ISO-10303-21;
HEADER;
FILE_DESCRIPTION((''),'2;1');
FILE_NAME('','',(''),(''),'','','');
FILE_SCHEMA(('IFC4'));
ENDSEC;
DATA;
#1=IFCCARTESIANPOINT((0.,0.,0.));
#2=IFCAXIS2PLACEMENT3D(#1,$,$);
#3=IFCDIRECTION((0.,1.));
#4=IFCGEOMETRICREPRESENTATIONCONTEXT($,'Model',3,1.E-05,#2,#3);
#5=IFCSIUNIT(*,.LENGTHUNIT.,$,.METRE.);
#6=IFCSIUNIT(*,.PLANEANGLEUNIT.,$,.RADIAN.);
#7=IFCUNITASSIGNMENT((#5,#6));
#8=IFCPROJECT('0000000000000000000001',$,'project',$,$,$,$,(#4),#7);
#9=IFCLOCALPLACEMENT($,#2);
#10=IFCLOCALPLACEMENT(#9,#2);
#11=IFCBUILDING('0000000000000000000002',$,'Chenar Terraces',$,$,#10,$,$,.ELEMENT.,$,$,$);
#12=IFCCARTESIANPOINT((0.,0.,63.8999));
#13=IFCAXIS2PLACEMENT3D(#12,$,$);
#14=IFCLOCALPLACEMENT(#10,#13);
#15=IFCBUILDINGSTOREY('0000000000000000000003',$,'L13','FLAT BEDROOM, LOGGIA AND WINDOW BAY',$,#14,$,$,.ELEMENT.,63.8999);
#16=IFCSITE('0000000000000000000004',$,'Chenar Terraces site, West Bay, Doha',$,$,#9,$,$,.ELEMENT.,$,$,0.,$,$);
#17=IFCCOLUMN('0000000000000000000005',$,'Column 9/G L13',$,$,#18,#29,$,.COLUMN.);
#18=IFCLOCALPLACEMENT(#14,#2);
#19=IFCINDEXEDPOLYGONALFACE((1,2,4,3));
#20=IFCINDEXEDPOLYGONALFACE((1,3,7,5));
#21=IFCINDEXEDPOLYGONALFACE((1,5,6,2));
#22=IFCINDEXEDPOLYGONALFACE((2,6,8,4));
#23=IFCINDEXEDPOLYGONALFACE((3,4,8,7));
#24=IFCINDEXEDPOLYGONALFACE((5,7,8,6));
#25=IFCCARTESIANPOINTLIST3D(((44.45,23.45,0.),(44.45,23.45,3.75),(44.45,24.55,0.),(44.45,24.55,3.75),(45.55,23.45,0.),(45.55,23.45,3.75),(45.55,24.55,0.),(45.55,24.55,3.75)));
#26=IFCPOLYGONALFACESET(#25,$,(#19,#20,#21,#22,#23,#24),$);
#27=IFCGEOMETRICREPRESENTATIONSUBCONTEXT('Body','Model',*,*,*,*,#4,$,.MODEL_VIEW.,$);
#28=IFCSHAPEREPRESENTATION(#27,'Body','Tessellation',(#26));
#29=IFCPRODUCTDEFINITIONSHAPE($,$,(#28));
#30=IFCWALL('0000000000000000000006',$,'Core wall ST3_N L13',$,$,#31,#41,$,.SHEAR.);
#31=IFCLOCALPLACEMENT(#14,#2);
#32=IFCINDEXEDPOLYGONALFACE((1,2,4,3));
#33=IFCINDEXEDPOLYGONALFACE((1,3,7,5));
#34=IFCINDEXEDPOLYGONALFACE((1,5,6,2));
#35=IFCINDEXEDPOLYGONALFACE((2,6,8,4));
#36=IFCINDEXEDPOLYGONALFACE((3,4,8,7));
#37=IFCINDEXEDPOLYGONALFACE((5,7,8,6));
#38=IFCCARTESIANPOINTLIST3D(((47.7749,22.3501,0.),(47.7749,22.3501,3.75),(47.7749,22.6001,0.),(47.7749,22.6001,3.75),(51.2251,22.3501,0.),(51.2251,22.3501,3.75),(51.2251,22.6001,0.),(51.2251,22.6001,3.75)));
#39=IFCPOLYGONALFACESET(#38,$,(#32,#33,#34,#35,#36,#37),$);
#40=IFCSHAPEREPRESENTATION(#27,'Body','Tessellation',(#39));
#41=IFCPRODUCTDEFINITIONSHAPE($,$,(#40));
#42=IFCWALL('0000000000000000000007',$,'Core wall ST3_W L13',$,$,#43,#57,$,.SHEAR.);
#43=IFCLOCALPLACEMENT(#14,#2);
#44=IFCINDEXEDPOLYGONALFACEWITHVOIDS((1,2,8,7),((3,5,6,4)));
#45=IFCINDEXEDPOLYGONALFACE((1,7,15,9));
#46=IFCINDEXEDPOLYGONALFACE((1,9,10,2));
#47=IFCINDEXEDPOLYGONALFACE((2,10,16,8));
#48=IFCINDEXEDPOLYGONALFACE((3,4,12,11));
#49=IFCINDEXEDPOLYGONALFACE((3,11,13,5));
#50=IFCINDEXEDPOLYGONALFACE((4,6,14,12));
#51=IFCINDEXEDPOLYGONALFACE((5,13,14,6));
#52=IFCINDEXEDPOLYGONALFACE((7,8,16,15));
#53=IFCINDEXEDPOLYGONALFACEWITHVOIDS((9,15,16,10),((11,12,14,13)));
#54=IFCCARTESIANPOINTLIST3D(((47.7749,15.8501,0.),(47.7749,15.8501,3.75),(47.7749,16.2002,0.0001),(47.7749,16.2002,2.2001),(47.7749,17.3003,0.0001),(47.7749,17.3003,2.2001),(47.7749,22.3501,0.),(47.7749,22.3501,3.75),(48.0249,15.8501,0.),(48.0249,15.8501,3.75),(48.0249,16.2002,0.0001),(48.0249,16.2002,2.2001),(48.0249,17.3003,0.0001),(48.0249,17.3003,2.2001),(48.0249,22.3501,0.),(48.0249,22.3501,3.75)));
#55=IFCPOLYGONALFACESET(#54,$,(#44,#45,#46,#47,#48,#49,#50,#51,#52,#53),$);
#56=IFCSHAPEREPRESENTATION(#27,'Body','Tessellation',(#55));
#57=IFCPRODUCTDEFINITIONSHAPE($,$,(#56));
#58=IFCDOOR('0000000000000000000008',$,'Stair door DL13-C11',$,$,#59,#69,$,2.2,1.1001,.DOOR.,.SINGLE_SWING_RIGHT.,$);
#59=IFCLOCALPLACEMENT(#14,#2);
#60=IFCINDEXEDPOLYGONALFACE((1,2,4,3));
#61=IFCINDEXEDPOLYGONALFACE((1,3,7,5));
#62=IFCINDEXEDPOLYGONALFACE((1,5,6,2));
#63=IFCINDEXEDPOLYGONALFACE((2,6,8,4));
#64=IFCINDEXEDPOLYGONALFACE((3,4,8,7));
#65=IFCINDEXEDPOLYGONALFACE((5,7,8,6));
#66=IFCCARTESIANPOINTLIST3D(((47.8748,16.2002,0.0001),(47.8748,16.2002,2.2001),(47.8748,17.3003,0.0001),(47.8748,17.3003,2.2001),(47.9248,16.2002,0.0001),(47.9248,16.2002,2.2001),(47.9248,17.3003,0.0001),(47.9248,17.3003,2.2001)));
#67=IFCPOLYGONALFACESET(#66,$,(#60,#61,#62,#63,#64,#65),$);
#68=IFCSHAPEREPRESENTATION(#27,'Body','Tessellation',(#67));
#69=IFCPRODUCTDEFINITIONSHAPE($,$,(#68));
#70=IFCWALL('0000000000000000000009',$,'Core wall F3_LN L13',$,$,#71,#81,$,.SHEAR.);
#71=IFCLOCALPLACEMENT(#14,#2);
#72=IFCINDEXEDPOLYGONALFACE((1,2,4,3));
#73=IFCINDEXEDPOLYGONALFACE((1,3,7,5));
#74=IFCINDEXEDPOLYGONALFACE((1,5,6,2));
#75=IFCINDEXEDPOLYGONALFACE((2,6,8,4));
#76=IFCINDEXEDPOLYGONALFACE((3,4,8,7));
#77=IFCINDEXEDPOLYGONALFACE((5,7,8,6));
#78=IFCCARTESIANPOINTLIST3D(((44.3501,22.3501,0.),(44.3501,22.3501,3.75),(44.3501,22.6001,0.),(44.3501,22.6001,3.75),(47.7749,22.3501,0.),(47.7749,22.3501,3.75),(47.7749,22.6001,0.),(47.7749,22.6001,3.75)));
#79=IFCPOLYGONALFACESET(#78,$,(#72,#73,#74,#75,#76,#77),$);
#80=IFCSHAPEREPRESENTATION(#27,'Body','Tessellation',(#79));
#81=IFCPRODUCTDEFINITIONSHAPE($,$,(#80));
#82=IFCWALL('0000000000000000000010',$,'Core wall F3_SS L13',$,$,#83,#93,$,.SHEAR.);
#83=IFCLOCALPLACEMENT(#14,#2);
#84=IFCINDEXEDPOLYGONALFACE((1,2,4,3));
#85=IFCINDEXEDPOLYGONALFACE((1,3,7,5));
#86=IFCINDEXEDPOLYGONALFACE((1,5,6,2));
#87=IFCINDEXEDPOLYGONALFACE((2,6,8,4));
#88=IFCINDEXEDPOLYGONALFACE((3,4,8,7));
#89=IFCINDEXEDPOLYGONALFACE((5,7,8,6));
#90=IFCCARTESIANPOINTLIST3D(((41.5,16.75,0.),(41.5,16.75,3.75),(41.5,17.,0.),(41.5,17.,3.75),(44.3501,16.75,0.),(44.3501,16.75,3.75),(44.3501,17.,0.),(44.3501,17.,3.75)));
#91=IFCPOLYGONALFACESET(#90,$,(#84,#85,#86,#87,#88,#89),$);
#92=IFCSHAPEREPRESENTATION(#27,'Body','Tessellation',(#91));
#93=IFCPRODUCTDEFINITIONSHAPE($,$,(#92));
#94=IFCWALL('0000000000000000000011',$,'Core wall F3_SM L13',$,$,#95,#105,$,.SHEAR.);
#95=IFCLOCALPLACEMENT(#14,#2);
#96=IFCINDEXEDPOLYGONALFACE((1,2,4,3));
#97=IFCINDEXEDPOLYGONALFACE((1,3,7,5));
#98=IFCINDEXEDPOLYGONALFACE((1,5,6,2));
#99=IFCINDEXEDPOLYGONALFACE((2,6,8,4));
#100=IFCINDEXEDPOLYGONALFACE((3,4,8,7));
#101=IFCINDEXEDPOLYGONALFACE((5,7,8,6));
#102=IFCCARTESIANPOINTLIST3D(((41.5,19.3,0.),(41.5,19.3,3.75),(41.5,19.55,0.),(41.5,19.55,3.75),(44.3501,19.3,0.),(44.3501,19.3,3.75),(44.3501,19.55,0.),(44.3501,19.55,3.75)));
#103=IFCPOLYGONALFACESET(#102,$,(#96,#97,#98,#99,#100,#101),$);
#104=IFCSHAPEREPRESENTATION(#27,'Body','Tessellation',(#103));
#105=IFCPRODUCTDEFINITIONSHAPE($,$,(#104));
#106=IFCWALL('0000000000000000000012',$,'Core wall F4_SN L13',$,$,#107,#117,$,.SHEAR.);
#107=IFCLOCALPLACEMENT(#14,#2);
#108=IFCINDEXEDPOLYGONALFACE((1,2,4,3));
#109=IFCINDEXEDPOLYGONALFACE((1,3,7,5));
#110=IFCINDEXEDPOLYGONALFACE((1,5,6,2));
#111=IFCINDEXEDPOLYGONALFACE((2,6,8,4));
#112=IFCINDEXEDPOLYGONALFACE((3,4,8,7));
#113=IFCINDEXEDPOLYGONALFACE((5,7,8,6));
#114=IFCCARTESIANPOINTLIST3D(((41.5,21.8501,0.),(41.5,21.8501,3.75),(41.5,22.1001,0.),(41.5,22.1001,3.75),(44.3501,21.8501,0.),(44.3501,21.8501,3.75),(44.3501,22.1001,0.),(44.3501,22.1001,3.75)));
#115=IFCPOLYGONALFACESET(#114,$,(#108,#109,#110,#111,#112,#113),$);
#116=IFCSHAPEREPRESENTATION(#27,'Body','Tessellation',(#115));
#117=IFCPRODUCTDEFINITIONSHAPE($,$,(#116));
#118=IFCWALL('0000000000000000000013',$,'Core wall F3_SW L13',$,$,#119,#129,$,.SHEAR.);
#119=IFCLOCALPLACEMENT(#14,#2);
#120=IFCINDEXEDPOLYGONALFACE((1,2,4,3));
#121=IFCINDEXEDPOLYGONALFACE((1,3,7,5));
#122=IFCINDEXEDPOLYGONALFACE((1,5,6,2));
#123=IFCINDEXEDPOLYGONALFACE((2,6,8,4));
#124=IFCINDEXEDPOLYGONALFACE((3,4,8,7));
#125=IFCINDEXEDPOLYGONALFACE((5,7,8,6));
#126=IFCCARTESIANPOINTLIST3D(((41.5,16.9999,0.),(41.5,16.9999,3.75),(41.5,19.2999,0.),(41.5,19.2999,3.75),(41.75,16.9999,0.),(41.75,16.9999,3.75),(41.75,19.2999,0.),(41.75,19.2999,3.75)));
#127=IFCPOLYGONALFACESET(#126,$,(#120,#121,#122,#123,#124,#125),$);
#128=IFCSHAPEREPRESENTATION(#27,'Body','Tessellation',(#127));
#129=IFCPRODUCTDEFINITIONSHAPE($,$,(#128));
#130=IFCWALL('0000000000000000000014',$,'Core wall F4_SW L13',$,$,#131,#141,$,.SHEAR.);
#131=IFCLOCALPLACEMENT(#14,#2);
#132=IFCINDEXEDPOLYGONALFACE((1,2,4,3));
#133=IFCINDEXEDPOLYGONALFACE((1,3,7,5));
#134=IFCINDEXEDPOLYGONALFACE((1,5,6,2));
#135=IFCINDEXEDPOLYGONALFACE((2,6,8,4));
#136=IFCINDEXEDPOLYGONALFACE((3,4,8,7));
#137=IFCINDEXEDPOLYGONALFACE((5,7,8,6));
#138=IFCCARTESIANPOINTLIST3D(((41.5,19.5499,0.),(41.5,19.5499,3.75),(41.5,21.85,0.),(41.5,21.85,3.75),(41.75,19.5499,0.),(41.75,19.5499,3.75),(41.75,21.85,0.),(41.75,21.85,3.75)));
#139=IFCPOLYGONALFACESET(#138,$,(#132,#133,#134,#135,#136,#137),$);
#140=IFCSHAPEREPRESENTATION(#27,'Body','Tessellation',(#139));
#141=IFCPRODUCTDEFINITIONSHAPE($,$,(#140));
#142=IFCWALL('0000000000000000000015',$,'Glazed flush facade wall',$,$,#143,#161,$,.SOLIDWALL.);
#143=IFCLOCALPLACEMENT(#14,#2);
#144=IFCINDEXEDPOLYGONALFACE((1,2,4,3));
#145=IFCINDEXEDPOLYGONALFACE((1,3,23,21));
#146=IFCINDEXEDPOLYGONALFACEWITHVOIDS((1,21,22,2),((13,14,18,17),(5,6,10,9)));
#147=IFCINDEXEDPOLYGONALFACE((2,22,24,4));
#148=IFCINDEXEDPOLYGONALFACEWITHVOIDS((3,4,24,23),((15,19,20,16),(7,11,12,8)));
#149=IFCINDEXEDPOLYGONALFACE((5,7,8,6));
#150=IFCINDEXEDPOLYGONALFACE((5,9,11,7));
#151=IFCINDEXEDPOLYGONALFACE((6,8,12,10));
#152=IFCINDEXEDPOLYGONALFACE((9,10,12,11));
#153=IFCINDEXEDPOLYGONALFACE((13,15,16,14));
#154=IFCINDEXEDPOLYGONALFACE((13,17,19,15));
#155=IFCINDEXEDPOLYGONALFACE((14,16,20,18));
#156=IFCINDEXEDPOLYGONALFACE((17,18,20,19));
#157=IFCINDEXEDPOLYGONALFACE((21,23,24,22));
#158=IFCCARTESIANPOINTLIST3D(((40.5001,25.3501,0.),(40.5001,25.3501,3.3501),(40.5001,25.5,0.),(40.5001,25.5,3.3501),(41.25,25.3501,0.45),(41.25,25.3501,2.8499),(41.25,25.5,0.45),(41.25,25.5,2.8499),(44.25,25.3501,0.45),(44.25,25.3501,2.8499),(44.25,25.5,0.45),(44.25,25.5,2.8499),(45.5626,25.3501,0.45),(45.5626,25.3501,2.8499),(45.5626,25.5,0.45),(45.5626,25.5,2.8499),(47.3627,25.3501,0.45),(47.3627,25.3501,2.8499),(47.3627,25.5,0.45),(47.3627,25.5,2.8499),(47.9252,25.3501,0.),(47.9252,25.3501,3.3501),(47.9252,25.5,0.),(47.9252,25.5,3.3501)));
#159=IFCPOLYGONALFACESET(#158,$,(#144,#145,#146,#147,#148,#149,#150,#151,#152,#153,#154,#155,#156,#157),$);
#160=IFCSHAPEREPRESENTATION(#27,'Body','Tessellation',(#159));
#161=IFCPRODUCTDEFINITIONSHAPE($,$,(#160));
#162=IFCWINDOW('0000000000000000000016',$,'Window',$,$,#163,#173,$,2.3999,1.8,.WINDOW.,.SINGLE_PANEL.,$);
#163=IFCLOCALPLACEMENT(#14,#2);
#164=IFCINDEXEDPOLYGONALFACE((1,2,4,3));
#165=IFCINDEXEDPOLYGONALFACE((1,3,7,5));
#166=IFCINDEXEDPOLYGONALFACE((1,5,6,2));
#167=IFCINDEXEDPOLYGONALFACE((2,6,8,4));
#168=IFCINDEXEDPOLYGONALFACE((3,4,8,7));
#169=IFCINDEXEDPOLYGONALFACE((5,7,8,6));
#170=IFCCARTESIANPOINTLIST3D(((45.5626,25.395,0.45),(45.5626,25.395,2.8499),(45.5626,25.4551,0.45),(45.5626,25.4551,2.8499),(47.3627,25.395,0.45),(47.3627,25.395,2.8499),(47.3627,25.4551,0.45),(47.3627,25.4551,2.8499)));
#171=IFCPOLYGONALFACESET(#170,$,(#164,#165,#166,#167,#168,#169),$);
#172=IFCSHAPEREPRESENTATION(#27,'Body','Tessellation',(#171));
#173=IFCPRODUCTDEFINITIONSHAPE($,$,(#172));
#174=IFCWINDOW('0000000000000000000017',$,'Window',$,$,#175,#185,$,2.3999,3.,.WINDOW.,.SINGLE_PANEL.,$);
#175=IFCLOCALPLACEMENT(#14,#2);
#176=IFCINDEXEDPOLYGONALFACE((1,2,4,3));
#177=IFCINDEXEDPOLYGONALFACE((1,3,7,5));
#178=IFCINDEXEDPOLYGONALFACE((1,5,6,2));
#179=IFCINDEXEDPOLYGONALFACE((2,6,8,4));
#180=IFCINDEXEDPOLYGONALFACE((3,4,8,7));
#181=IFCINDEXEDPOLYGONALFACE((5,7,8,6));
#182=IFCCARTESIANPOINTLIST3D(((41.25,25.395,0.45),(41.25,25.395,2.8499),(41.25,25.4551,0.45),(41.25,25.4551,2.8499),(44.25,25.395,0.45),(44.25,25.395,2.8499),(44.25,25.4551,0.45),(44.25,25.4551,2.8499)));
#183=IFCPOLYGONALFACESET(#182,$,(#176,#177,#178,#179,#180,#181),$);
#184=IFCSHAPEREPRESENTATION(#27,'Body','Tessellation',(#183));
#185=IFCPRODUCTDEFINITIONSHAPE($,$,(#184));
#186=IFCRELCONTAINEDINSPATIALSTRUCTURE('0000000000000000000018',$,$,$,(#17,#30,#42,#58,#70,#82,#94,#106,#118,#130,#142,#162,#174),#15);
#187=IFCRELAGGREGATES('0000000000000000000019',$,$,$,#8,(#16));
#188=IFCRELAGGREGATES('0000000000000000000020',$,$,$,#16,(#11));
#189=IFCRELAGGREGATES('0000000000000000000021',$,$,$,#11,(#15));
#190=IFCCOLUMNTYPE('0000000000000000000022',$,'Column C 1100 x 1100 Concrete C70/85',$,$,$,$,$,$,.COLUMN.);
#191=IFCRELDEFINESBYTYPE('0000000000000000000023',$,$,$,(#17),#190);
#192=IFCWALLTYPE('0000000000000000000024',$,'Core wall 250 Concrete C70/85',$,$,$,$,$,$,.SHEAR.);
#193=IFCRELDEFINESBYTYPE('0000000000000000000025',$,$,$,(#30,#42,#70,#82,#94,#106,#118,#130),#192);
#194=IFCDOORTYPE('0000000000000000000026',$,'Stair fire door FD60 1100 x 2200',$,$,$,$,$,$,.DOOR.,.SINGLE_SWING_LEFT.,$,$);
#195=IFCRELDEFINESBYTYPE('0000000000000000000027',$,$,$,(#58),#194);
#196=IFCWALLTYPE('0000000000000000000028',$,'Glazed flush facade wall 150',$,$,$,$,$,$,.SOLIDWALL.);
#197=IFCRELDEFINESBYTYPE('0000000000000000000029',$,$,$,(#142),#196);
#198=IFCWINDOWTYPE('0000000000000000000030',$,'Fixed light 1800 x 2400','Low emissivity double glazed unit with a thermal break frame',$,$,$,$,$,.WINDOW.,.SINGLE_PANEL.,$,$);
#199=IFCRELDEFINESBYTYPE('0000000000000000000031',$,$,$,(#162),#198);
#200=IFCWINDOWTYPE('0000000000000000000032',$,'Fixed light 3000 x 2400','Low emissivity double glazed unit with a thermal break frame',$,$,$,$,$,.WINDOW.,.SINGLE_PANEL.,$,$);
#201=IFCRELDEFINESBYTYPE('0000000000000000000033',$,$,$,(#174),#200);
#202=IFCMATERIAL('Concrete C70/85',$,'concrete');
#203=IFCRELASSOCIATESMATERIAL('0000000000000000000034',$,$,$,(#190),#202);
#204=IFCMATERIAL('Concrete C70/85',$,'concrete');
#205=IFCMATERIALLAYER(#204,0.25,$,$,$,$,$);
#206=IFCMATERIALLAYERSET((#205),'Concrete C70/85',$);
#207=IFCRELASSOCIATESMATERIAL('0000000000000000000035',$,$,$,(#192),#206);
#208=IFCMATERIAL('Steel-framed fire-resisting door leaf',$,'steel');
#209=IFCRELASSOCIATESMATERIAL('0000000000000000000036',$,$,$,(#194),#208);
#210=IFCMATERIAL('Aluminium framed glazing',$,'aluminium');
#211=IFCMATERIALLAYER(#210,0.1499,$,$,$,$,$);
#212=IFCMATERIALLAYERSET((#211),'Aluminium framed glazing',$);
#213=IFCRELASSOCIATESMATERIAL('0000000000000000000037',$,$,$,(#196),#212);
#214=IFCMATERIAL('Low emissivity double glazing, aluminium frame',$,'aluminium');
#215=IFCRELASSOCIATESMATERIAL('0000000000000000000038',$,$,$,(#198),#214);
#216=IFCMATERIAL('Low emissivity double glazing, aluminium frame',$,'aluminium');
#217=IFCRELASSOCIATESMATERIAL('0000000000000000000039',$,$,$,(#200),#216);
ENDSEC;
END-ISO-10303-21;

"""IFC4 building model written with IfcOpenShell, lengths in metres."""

from ifc_helpers import new_model, si_unit, direction, frame, frame_2d, origin, origin_2d, place, context, subcontext, project, spatial, rectangle, extrude, material, layer, layer_set, material_profile, profile_set, type_object, element, fill, save


model = new_model("IFC4")

# Units and contexts
model_context = context("Model", 3, precision=1e-05, world=origin(), true_north=direction((0.0, 1.0)))
body_context = subcontext(model_context, "Body", "Model", "MODEL_VIEW")
ifc_project = project(units=[si_unit("LENGTHUNIT", "METRE"), si_unit("PLANEANGLEUNIT", "RADIAN")], contexts=[model_context])

# Site, building, storey
site_placement = place(None, origin())
site = spatial("IfcSite", under=ifc_project, at=site_placement, Name="Chenar Terraces site, West Bay, Doha", CompositionType="ELEMENT", RefElevation=0.0)
building_placement = place(site_placement, origin())
building = spatial("IfcBuilding", under=site, at=building_placement, Name="Chenar Terraces", CompositionType="ELEMENT")
storey_placement = place(building_placement, frame((0.0, 0.0, 63.8999)))
storey = spatial("IfcBuildingStorey", under=building, at=storey_placement, Name="L13", Description="FLAT BEDROOM, LOGGIA AND WINDOW BAY", CompositionType="ELEMENT", Elevation=63.8999)

# Column
ifc_material_1 = material(Name="Concrete C70/85", Category="concrete")
ifc_material_profile_1 = material_profile(ifc_material_1, rectangle(XDim=1.1001, YDim=1.1001, at=origin_2d()), Name="C 1100 x 1100")
ifc_profile_set_1 = profile_set([ifc_material_profile_1], Name="Concrete C70/85")
column_type = type_object("IfcColumnType", Name="Column C 1100 x 1100 Concrete C70/85", PredefinedType="COLUMN", material=ifc_profile_set_1)
column_placement = place(storey_placement, frame((45.0, 24.0, 0.0), z_axis=(0.0, 0.0, 1.0), x_axis=(1.0, 0.0, 0.0)))
element("IfcColumn", 1, at=column_placement, inside=storey, type_object=column_type, Name="Column 9/G L13", PredefinedType="COLUMN", context=body_context, shape_type="SweptSolid", body=[
    extrude(rectangle(XDim=1.1001, YDim=1.1001, at=origin_2d()), origin(), (0.0, 0.0, 1.0), 3.75),
])

# Wall
ifc_material_2 = material(Name="Concrete C70/85", Category="concrete")
ifc_layer_1 = layer(ifc_material_2, 0.25)
ifc_layer_set_1 = layer_set([ifc_layer_1], Name="Concrete C70/85")
wall_type_1 = type_object("IfcWallType", Name="Core wall 250 Concrete C70/85", PredefinedType="SHEAR", material=ifc_layer_set_1)
wall_1_placement = place(storey_placement, frame((47.7749, 22.4751, 0.0), z_axis=(0.0, 0.0, 1.0), x_axis=(1.0, 0.0, 0.0)))
element("IfcWall", 2, at=wall_1_placement, inside=storey, type_object=wall_type_1, Name="Core wall ST3_N L13", PredefinedType="SHEAR", context=body_context, shape_type="SweptSolid", body=[
    extrude(rectangle(XDim=3.4502, YDim=0.25, at=frame_2d((1.7251, 0.0))), origin(), (0.0, 0.0, 1.0), 3.75),
])

# Wall, opening, door
wall_2_placement = place(storey_placement, frame((47.8999, 15.8501, 0.0), z_axis=(0.0, 0.0, 1.0), x_axis=(0.0, 1.0, 0.0)))
wall_2 = element("IfcWall", 3, at=wall_2_placement, inside=storey, type_object=wall_type_1, Name="Core wall ST3_W L13", PredefinedType="SHEAR", context=body_context, shape_type="SweptSolid", body=[
    extrude(rectangle(XDim=6.5, YDim=0.25, at=frame_2d((3.25, 0.0))), origin(), (0.0, 0.0, 1.0), 3.75),
])
opening_1_placement = place(wall_2_placement, frame((0.3501, 0.0, 0.0)))
opening_1 = element("IfcOpeningElement", 4, at=opening_1_placement, cuts=wall_2, PredefinedType="OPENING", context=body_context, shape_type="SweptSolid", body=[
    extrude(rectangle(XDim=1.1001, YDim=2.2, at=frame_2d((0.55, 1.1001))), frame((0.0, 0.135, 0.0), z_axis=(0.0, -1.0, 0.0), x_axis=(1.0, 0.0, 0.0)), (0.0, 0.0, 1.0), 0.27),
])
ifc_material_3 = material(Name="Steel-framed fire-resisting door leaf", Category="steel")
door_type = type_object("IfcDoorType", Name="Stair fire door FD60 1100 x 2200", OperationType="SINGLE_SWING_LEFT", PredefinedType="DOOR", material=ifc_material_3)
door_placement = place(opening_1_placement, frame((1.1001, 0.0, 0.0), z_axis=(0.0, 0.0, 1.0), x_axis=(-1.0, 0.0, 0.0)))
door = element("IfcDoor", 5, at=door_placement, inside=storey, type_object=door_type, Name="Stair door DL13-C11", OperationType="SINGLE_SWING_RIGHT", OverallHeight=2.2, OverallWidth=1.1001, PredefinedType="DOOR", context=body_context, shape_type="SweptSolid", body=[
    extrude(rectangle(XDim=1.1001, YDim=2.2, at=frame_2d((0.55, 1.1001))), frame((0.0, 0.0249, 0.0), z_axis=(0.0, -1.0, 0.0), x_axis=(1.0, 0.0, 0.0)), (0.0, 0.0, 1.0), 0.05),
])
fill(opening_1, door)

# Walls
wall_3_placement = place(storey_placement, frame((44.3501, 22.4751, 0.0), z_axis=(0.0, 0.0, 1.0), x_axis=(1.0, 0.0, 0.0)))
element("IfcWall", 6, at=wall_3_placement, inside=storey, type_object=wall_type_1, Name="Core wall F3_LN L13", PredefinedType="SHEAR", context=body_context, shape_type="SweptSolid", body=[
    extrude(rectangle(XDim=3.4248, YDim=0.25, at=frame_2d((1.7124, 0.0))), origin(), (0.0, 0.0, 1.0), 3.75),
])
for number, where, z_axis, x_axis, name in (
    (7, (41.5, 16.875, 0.0), (0.0, 0.0, 1.0), (1.0, 0.0, 0.0), "Core wall F3_SS L13"),
    (8, (41.5, 19.425, 0.0), (0.0, 0.0, 1.0), (1.0, 0.0, 0.0), "Core wall F3_SM L13"),
    (9, (41.5, 21.9751, 0.0), (0.0, 0.0, 1.0), (1.0, 0.0, 0.0), "Core wall F4_SN L13"),
):
    element("IfcWall", number, at=place(storey_placement, frame(where, z_axis=z_axis, x_axis=x_axis)), inside=storey, type_object=wall_type_1, Name=name, PredefinedType="SHEAR", context=body_context, shape_type="SweptSolid", body=[
        extrude(rectangle(XDim=2.8501, YDim=0.25, at=frame_2d((1.425, 0.0))), origin(), (0.0, 0.0, 1.0), 3.75),
    ])
for number, where, z_axis, x_axis, name in (
    (10, (41.625, 17.0, 0.0), (0.0, 0.0, 1.0), (0.0, 1.0, 0.0), "Core wall F3_SW L13"),
    (11, (41.625, 19.55, 0.0), (0.0, 0.0, 1.0), (0.0, 1.0, 0.0), "Core wall F4_SW L13"),
):
    element("IfcWall", number, at=place(storey_placement, frame(where, z_axis=z_axis, x_axis=x_axis)), inside=storey, type_object=wall_type_1, Name=name, PredefinedType="SHEAR", context=body_context, shape_type="SweptSolid", body=[
        extrude(rectangle(XDim=2.3, YDim=0.25, at=frame_2d((1.1499, 0.0))), origin(), (0.0, 0.0, 1.0), 3.75),
    ])

# Wall, openings, windows
ifc_material_4 = material(Name="Aluminium framed glazing", Category="aluminium")
ifc_layer_2 = layer(ifc_material_4, 0.1499)
ifc_layer_set_2 = layer_set([ifc_layer_2], Name="Aluminium framed glazing")
wall_type_2 = type_object("IfcWallType", Name="Glazed flush facade wall 150", PredefinedType="SOLIDWALL", material=ifc_layer_set_2)
wall_4_placement = place(storey_placement, frame((47.925, 25.425, 0.0), z_axis=(0.0, 0.0, 1.0), x_axis=(-1.0, 0.0, 0.0)))
wall_4 = element("IfcWall", 12, at=wall_4_placement, inside=storey, type_object=wall_type_2, Name="Glazed flush facade wall", PredefinedType="SOLIDWALL", context=body_context, shape_type="SweptSolid", body=[
    extrude(rectangle(XDim=7.425, YDim=0.1499, at=frame_2d((3.7124, 0.0))), origin(), (0.0, 0.0, 1.0), 3.3501),
])
opening_2_placement = place(wall_4_placement, frame((0.5625, 0.0, 0.45)))
opening_2 = element("IfcOpeningElement", 13, at=opening_2_placement, cuts=wall_4, PredefinedType="OPENING", context=body_context, shape_type="SweptSolid", body=[
    extrude(rectangle(XDim=1.8, YDim=2.3999, at=frame_2d((0.8999, 1.2))), frame((0.0, 0.085, 0.0), z_axis=(0.0, -1.0, 0.0), x_axis=(1.0, 0.0, 0.0)), (0.0, 0.0, 1.0), 0.1699),
])
opening_3_placement = place(wall_4_placement, frame((3.675, 0.0, 0.45)))
opening_3 = element("IfcOpeningElement", 14, at=opening_3_placement, cuts=wall_4, PredefinedType="OPENING", context=body_context, shape_type="SweptSolid", body=[
    extrude(rectangle(XDim=3.0, YDim=2.3999, at=frame_2d((1.5, 1.2))), frame((0.0, 0.085, 0.0), z_axis=(0.0, -1.0, 0.0), x_axis=(1.0, 0.0, 0.0)), (0.0, 0.0, 1.0), 0.1699),
])
ifc_material_5 = material(Name="Low emissivity double glazing, aluminium frame", Category="aluminium")
window_type_1 = type_object("IfcWindowType", Name="Fixed light 1800 x 2400", Description="Low emissivity double glazed unit with a thermal break frame", PartitioningType="SINGLE_PANEL", PredefinedType="WINDOW", material=ifc_material_5)
window_1_placement = place(opening_2_placement, origin())
window_1 = element("IfcWindow", 15, at=window_1_placement, inside=storey, type_object=window_type_1, Name="Window", OverallHeight=2.3999, OverallWidth=1.8, PartitioningType="SINGLE_PANEL", PredefinedType="WINDOW", context=body_context, shape_type="SweptSolid", body=[
    extrude(rectangle(XDim=1.8, YDim=2.3999, at=frame_2d((0.8999, 1.2))), frame((0.0, 0.03, 0.0), z_axis=(0.0, -1.0, 0.0), x_axis=(1.0, 0.0, 0.0)), (0.0, 0.0, 1.0), 0.0601),
])
fill(opening_2, window_1)
ifc_material_6 = material(Name="Low emissivity double glazing, aluminium frame", Category="aluminium")
window_type_2 = type_object("IfcWindowType", Name="Fixed light 3000 x 2400", Description="Low emissivity double glazed unit with a thermal break frame", PartitioningType="SINGLE_PANEL", PredefinedType="WINDOW", material=ifc_material_6)
window_2_placement = place(opening_3_placement, origin())
window_2 = element("IfcWindow", 16, at=window_2_placement, inside=storey, type_object=window_type_2, Name="Window", OverallHeight=2.3999, OverallWidth=3.0, PartitioningType="SINGLE_PANEL", PredefinedType="WINDOW", context=body_context, shape_type="SweptSolid", body=[
    extrude(rectangle(XDim=3.0, YDim=2.3999, at=frame_2d((1.5, 1.2))), frame((0.0, 0.03, 0.0), z_axis=(0.0, -1.0, 0.0), x_axis=(1.0, 0.0, 0.0)), (0.0, 0.0, 1.0), 0.0601),
])
fill(opening_3, window_2)

save(model, "model.ifc")
